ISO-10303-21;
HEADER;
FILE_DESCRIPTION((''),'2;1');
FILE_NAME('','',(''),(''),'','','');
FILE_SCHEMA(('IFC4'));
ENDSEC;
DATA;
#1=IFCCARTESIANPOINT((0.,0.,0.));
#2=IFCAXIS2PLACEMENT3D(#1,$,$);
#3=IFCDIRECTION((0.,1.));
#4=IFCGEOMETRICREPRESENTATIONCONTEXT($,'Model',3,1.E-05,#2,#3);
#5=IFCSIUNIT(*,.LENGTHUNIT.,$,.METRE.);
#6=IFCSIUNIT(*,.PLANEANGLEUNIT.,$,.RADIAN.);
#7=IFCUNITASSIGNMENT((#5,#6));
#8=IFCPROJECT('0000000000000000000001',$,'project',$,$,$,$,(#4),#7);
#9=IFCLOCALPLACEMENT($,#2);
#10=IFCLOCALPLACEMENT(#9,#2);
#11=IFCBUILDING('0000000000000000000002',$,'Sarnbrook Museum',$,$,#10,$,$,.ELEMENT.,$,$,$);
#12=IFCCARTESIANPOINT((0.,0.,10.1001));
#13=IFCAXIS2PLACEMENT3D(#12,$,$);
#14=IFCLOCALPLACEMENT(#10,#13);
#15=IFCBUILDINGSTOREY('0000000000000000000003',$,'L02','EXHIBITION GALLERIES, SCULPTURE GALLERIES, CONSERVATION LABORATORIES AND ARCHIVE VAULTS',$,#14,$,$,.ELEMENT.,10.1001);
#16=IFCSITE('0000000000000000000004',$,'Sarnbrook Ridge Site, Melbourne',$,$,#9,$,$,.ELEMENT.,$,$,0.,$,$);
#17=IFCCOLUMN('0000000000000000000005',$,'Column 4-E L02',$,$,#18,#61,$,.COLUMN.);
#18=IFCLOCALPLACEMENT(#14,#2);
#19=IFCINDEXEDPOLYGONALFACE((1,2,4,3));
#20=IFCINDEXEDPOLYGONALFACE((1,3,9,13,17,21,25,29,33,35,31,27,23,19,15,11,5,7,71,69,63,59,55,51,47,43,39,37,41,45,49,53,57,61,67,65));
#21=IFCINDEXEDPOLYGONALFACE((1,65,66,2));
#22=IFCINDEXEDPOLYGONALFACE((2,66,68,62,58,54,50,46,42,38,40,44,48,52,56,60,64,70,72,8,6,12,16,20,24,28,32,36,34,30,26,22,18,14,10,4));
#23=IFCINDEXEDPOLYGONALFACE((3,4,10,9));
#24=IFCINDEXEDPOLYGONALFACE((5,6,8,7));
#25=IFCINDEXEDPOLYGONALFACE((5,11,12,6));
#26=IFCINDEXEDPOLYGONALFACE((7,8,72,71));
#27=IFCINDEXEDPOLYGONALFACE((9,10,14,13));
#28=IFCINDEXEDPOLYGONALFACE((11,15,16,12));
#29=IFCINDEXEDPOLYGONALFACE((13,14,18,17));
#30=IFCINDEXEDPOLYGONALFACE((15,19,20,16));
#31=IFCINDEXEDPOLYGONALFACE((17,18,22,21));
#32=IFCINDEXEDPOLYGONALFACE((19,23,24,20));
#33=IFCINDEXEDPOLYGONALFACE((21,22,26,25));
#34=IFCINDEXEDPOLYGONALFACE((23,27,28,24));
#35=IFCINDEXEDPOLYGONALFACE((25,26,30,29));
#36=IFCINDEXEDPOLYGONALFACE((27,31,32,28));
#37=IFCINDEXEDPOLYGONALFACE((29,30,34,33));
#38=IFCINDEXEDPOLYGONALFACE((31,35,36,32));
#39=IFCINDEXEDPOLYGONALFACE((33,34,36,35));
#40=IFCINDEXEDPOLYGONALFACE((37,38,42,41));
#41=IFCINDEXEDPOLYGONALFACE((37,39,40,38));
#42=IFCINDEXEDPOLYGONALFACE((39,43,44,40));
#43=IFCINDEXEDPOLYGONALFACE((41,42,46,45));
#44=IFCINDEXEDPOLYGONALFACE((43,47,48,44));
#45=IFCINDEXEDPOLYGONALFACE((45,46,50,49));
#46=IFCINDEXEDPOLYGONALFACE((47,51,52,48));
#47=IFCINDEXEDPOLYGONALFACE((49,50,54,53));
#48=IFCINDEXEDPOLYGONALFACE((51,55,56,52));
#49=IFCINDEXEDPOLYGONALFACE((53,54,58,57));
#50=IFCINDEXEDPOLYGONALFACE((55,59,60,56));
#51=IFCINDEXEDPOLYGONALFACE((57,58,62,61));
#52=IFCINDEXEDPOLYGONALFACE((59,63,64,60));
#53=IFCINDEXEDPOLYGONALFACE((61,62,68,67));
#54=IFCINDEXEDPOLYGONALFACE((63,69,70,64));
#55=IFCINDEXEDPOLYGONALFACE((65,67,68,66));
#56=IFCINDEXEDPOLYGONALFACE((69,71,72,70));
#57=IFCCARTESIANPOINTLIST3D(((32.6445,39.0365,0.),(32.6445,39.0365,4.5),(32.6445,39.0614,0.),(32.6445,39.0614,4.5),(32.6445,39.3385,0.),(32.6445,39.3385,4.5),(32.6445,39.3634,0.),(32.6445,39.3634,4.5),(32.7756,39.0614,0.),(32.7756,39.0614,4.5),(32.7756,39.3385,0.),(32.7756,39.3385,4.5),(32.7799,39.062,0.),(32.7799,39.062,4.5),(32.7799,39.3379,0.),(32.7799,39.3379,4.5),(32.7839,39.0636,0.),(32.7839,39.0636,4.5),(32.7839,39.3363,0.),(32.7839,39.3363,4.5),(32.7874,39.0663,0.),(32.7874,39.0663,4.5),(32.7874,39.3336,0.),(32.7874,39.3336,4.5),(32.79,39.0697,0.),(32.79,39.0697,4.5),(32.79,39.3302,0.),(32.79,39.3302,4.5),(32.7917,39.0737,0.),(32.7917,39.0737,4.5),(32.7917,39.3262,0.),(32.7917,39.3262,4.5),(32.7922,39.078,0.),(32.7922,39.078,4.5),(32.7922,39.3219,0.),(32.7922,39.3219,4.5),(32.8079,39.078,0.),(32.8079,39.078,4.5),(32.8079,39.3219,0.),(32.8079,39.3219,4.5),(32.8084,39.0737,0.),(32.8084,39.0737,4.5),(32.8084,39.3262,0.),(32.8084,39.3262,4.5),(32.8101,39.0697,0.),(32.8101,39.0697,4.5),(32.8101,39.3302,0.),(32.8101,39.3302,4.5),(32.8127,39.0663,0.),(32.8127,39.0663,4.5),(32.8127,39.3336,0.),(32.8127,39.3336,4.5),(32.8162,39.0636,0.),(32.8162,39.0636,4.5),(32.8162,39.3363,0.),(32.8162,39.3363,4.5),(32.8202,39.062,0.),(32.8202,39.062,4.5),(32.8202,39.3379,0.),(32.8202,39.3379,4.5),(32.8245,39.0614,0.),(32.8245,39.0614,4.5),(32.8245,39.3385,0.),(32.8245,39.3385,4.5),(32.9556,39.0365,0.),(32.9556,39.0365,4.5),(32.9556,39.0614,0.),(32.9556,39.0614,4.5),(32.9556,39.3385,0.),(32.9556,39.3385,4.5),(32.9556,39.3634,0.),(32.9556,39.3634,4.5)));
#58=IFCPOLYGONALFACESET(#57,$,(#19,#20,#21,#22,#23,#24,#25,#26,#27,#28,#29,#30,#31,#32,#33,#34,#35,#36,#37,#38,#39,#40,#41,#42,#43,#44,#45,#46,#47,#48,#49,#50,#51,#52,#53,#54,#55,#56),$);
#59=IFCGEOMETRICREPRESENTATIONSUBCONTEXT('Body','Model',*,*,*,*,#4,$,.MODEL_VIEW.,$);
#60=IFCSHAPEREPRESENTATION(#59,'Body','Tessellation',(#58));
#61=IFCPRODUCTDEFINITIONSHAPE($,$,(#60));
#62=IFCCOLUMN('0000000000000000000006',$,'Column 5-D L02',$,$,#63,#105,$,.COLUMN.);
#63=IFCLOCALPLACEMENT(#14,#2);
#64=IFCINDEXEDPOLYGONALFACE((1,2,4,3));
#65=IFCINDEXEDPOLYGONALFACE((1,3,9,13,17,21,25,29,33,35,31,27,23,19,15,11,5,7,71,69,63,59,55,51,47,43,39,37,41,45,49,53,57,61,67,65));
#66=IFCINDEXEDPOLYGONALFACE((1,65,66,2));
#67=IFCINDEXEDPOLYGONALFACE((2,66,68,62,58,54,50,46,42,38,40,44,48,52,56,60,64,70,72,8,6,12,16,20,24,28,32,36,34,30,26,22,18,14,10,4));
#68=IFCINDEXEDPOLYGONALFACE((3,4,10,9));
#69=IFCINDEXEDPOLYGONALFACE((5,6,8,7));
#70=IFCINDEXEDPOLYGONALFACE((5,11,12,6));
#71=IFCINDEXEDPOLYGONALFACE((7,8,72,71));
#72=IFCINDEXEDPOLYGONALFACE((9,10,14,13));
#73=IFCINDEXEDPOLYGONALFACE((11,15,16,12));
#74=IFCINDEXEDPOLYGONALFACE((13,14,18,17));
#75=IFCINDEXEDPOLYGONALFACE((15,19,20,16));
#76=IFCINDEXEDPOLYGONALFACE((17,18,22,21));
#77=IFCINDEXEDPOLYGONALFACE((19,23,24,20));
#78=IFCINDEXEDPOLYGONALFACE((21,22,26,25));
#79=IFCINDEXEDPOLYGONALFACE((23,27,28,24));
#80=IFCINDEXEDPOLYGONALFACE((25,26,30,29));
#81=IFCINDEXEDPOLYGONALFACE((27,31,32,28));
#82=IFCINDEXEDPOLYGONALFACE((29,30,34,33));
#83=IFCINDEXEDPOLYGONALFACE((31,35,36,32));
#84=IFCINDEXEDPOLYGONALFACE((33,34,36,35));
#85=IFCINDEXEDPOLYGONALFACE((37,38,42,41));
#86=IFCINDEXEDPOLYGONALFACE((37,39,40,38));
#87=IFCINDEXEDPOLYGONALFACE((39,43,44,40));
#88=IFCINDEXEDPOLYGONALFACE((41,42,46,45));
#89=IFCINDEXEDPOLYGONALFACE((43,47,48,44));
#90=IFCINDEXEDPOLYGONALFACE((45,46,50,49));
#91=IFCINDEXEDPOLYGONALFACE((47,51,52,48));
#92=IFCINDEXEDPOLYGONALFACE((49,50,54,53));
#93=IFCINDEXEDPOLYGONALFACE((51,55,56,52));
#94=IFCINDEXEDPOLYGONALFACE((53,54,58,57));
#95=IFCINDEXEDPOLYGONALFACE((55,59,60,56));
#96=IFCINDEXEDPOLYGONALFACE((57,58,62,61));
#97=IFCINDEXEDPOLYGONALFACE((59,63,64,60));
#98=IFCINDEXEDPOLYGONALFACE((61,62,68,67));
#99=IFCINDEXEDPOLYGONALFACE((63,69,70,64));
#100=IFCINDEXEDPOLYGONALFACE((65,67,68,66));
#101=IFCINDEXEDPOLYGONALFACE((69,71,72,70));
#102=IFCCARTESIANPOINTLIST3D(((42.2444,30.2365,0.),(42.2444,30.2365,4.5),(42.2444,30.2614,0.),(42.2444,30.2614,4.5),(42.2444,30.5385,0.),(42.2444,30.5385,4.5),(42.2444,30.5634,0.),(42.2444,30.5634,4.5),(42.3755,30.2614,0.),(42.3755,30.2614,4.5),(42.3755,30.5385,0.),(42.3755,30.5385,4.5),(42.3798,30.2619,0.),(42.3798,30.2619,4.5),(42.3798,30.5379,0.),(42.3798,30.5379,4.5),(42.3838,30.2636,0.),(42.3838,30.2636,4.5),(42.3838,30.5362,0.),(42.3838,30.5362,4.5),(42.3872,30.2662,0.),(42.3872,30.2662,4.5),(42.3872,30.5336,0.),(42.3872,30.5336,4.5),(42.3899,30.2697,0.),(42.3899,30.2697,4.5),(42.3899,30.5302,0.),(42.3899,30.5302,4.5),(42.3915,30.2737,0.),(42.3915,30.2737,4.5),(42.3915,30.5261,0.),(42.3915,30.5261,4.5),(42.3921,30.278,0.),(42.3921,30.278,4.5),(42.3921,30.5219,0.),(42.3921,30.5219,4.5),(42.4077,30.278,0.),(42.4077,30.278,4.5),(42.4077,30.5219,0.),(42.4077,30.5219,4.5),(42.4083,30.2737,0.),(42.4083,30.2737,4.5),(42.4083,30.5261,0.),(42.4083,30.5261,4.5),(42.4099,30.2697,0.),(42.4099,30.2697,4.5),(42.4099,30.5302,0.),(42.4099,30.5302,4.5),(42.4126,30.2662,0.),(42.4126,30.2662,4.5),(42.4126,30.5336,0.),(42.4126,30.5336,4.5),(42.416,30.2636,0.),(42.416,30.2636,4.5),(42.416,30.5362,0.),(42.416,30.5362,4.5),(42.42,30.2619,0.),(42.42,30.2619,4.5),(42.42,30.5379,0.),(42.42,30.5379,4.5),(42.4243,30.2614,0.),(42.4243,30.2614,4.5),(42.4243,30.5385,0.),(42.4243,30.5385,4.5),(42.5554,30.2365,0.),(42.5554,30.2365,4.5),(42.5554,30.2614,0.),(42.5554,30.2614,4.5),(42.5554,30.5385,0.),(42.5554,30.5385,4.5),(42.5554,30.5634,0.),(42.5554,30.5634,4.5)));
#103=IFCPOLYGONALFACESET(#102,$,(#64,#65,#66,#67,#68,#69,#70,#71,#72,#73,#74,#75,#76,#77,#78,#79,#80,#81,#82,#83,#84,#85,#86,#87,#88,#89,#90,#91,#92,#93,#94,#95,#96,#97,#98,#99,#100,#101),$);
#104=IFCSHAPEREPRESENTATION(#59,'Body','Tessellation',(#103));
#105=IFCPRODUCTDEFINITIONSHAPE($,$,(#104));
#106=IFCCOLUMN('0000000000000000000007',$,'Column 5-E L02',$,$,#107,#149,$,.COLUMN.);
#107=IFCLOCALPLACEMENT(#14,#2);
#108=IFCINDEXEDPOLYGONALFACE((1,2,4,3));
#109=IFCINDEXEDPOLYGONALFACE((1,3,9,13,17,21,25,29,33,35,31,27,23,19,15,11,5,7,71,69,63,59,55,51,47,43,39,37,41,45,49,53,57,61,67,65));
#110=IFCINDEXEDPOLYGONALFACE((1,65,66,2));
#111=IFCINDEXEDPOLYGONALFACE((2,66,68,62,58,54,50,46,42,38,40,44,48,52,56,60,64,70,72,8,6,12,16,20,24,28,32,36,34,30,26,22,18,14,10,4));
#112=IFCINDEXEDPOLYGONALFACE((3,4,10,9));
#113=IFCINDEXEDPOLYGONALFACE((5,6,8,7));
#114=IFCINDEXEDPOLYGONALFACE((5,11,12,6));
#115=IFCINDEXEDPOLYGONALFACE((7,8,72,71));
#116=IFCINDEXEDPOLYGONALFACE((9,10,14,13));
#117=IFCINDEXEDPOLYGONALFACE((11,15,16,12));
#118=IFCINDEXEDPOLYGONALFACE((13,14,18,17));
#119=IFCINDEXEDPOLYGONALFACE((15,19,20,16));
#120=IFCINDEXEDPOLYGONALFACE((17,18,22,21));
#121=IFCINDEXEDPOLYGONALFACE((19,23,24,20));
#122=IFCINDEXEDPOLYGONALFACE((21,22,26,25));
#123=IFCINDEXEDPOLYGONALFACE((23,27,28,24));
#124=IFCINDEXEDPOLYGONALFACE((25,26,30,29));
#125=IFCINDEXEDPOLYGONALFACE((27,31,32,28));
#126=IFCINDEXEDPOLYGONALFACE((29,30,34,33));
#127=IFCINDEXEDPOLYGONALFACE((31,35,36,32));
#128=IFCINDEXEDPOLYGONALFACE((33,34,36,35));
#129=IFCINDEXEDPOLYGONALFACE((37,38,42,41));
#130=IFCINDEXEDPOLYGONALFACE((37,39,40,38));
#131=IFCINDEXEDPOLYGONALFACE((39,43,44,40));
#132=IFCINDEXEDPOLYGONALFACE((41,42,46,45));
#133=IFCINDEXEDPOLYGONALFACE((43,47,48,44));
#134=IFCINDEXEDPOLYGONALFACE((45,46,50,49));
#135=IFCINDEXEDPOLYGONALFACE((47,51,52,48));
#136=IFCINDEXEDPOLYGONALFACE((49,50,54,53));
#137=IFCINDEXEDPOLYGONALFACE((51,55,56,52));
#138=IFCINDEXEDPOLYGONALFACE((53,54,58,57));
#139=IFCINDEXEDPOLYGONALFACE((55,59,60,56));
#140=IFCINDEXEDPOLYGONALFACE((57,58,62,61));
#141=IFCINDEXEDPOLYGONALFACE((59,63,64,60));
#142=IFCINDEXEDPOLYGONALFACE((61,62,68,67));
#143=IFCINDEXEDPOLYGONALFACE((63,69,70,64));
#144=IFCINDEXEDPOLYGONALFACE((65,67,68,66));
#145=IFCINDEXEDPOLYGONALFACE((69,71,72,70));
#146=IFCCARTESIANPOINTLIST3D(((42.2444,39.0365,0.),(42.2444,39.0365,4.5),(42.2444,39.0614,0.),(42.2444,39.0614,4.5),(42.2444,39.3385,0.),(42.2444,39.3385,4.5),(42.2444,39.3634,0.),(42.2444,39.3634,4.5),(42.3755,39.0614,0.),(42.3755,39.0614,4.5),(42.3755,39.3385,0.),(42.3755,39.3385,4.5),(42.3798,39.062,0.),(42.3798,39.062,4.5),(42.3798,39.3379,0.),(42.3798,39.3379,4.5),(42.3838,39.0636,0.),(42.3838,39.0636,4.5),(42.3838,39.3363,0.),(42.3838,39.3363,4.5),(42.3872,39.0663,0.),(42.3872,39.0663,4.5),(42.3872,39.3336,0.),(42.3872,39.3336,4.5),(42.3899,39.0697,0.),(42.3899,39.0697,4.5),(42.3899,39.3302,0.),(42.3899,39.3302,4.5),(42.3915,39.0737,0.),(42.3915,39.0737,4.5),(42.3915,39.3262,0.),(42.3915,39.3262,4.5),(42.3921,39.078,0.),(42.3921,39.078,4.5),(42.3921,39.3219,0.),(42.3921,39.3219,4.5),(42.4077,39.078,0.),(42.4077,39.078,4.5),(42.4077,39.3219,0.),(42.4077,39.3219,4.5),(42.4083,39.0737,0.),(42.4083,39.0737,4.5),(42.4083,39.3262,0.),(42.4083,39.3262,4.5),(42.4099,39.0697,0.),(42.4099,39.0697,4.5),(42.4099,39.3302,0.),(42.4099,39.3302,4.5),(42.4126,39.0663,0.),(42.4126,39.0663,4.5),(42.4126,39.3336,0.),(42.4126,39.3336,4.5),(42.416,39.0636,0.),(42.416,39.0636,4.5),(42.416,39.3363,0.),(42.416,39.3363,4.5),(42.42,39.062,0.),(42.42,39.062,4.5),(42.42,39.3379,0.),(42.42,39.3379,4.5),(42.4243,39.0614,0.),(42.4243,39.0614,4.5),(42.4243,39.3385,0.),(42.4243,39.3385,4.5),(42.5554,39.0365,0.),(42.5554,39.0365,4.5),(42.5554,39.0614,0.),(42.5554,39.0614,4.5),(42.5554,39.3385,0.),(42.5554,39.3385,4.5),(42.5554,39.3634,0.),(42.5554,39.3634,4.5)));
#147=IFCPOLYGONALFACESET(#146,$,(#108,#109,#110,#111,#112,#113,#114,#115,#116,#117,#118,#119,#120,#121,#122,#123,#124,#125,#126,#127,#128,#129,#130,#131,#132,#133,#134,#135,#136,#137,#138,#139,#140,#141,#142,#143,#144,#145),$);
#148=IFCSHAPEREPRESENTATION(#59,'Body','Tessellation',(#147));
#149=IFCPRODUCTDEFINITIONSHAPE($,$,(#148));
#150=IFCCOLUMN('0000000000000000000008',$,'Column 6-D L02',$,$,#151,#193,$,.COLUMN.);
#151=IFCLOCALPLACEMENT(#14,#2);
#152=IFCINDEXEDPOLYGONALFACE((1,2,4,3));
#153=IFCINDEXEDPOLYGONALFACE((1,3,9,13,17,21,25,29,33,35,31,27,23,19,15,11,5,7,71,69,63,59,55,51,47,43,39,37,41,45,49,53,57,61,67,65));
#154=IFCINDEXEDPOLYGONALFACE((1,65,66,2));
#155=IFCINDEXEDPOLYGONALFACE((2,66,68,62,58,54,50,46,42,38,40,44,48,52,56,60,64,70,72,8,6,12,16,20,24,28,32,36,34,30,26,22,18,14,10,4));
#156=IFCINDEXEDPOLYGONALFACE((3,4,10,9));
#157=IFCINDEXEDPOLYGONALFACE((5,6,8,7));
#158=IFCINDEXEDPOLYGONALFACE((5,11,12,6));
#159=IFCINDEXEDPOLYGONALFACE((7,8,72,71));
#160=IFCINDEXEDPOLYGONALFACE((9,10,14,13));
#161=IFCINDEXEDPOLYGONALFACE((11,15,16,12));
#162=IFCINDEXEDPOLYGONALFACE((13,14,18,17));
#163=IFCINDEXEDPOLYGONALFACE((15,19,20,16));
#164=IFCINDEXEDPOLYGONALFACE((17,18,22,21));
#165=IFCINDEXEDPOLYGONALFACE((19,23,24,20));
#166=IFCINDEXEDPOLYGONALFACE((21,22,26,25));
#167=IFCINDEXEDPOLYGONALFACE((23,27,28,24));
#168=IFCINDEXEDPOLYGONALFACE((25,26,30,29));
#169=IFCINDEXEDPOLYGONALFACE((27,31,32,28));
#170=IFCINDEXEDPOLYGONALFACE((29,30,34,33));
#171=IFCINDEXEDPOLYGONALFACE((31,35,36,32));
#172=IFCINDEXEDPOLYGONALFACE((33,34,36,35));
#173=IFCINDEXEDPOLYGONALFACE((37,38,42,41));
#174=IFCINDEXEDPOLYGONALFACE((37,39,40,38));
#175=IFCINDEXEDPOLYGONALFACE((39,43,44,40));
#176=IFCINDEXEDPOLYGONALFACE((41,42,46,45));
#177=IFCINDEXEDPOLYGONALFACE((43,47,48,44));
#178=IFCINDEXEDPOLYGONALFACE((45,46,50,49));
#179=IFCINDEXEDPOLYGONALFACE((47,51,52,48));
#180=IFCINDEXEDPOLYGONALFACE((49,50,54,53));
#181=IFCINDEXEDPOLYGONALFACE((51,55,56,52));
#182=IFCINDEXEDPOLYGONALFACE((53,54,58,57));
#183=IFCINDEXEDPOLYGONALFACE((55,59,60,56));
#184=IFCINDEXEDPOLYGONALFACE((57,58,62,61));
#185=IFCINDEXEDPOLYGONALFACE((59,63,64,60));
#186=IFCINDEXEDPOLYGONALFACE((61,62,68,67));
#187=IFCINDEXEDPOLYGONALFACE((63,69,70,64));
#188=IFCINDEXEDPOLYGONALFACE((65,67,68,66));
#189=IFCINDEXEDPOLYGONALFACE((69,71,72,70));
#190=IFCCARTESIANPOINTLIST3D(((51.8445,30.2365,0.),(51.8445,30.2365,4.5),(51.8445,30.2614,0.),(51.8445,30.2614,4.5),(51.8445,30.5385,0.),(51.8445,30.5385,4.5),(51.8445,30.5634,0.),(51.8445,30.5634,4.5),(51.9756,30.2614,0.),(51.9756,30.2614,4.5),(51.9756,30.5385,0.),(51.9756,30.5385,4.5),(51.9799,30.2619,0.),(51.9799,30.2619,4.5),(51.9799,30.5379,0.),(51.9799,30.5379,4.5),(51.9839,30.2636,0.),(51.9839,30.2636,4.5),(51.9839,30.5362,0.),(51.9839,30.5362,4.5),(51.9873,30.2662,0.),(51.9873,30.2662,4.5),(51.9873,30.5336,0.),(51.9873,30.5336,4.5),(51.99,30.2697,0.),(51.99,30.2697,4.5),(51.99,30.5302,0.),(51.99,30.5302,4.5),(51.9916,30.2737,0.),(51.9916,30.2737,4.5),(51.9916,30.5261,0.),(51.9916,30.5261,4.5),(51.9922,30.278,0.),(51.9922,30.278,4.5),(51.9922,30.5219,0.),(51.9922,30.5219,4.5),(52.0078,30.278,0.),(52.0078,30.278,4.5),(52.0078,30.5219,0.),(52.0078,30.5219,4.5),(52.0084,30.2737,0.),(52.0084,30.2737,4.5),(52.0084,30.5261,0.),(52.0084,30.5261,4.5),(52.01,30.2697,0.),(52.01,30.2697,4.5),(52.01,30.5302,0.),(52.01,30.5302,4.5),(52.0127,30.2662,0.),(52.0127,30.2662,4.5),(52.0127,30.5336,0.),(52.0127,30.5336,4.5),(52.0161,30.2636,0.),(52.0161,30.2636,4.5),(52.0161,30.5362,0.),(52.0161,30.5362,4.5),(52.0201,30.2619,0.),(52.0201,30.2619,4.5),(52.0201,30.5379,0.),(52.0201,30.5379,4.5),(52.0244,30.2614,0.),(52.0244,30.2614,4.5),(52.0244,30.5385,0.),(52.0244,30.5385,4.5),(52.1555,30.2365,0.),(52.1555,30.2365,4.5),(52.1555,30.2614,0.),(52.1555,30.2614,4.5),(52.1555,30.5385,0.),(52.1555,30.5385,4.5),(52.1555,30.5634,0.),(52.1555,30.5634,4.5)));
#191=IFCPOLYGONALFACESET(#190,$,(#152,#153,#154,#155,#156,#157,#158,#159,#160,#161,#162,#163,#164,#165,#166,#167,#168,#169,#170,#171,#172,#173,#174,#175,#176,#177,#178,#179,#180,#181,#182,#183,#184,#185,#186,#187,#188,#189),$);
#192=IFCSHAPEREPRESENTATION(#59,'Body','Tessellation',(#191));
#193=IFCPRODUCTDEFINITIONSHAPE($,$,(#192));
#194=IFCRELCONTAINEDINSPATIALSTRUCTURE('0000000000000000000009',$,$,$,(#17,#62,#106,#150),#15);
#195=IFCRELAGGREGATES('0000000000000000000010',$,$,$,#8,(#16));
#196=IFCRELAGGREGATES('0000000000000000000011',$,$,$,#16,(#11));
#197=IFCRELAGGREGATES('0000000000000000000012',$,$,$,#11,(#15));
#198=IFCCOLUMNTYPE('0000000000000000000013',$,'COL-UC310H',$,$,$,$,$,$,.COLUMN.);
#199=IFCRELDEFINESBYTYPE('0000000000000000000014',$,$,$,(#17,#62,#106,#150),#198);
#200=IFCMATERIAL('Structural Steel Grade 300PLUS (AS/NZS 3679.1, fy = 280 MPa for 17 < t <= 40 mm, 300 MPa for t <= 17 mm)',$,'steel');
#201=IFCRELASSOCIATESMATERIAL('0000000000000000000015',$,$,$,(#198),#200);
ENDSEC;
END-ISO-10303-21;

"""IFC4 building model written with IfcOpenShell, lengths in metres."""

from ifc_helpers import new_model, si_unit, direction, frame, origin, origin_2d, place, context, subcontext, project, spatial, i_section, extrude, material, material_profile, profile_set, type_object, element, save


model = new_model("IFC4")

# Units and contexts
model_context = context("Model", 3, precision=1e-05, world=origin(), true_north=direction((0.0, 1.0)))
body_context = subcontext(model_context, "Body", "Model", "MODEL_VIEW")
ifc_project = project(units=[si_unit("LENGTHUNIT", "METRE"), si_unit("PLANEANGLEUNIT", "RADIAN")], contexts=[model_context])

# Site, building, storey
site_placement = place(None, origin())
site = spatial("IfcSite", under=ifc_project, at=site_placement, Name="Sarnbrook Ridge Site, Melbourne", CompositionType="ELEMENT", RefElevation=0.0)
building_placement = place(site_placement, origin())
building = spatial("IfcBuilding", under=site, at=building_placement, Name="Sarnbrook Museum", CompositionType="ELEMENT")
storey_placement = place(building_placement, frame((0.0, 0.0, 10.1001)))
storey = spatial("IfcBuildingStorey", under=building, at=storey_placement, Name="L02", Description="EXHIBITION GALLERIES, SCULPTURE GALLERIES, CONSERVATION LABORATORIES AND ARCHIVE VAULTS", CompositionType="ELEMENT", Elevation=10.1001)

# Columns
ifc_material_1 = material(Name="Structural Steel Grade 300PLUS (AS/NZS 3679.1, fy = 280 MPa for 17 < t <= 40 mm, 300 MPa for t <= 17 mm)", Category="steel")
ifc_material_profile_1 = material_profile(ifc_material_1, i_section(OverallWidth=0.311, OverallDepth=0.3269, WebThickness=0.0156, FlangeThickness=0.0249, FilletRadius=0.0166, at=origin_2d()), Name="310UC158")
ifc_profile_set_1 = profile_set([ifc_material_profile_1], Name="Structural Steel Grade 300PLUS (AS/NZS 3679.1, fy = 280 MPa for 17 < t <= 40 mm, 300 MPa for t <= 17 mm)")
column_type = type_object("IfcColumnType", Name="COL-UC310H", PredefinedType="COLUMN", material=ifc_profile_set_1)
for number, where, z_axis, x_axis, name in (
    (1, (32.8, 39.2, 0.0), (0.0, 0.0, 1.0), (1.0, 0.0, 0.0), "Column 4-E L02"),
    (2, (42.3999, 30.3999, 0.0), (0.0, 0.0, 1.0), (1.0, 0.0, 0.0), "Column 5-D L02"),
    (3, (42.3999, 39.2, 0.0), (0.0, 0.0, 1.0), (1.0, 0.0, 0.0), "Column 5-E L02"),
    (4, (52.0, 30.3999, 0.0), (0.0, 0.0, 1.0), (1.0, 0.0, 0.0), "Column 6-D L02"),
):
    element("IfcColumn", number, at=place(storey_placement, frame(where, z_axis=z_axis, x_axis=x_axis)), inside=storey, type_object=column_type, Name=name, PredefinedType="COLUMN", context=body_context, shape_type="SweptSolid", body=[
        extrude(i_section(OverallWidth=0.311, OverallDepth=0.3269, WebThickness=0.0156, FlangeThickness=0.0249, FilletRadius=0.0166, at=origin_2d()), origin(), (0.0, 0.0, 1.0), 4.5),
    ])

save(model, "model.ifc")
